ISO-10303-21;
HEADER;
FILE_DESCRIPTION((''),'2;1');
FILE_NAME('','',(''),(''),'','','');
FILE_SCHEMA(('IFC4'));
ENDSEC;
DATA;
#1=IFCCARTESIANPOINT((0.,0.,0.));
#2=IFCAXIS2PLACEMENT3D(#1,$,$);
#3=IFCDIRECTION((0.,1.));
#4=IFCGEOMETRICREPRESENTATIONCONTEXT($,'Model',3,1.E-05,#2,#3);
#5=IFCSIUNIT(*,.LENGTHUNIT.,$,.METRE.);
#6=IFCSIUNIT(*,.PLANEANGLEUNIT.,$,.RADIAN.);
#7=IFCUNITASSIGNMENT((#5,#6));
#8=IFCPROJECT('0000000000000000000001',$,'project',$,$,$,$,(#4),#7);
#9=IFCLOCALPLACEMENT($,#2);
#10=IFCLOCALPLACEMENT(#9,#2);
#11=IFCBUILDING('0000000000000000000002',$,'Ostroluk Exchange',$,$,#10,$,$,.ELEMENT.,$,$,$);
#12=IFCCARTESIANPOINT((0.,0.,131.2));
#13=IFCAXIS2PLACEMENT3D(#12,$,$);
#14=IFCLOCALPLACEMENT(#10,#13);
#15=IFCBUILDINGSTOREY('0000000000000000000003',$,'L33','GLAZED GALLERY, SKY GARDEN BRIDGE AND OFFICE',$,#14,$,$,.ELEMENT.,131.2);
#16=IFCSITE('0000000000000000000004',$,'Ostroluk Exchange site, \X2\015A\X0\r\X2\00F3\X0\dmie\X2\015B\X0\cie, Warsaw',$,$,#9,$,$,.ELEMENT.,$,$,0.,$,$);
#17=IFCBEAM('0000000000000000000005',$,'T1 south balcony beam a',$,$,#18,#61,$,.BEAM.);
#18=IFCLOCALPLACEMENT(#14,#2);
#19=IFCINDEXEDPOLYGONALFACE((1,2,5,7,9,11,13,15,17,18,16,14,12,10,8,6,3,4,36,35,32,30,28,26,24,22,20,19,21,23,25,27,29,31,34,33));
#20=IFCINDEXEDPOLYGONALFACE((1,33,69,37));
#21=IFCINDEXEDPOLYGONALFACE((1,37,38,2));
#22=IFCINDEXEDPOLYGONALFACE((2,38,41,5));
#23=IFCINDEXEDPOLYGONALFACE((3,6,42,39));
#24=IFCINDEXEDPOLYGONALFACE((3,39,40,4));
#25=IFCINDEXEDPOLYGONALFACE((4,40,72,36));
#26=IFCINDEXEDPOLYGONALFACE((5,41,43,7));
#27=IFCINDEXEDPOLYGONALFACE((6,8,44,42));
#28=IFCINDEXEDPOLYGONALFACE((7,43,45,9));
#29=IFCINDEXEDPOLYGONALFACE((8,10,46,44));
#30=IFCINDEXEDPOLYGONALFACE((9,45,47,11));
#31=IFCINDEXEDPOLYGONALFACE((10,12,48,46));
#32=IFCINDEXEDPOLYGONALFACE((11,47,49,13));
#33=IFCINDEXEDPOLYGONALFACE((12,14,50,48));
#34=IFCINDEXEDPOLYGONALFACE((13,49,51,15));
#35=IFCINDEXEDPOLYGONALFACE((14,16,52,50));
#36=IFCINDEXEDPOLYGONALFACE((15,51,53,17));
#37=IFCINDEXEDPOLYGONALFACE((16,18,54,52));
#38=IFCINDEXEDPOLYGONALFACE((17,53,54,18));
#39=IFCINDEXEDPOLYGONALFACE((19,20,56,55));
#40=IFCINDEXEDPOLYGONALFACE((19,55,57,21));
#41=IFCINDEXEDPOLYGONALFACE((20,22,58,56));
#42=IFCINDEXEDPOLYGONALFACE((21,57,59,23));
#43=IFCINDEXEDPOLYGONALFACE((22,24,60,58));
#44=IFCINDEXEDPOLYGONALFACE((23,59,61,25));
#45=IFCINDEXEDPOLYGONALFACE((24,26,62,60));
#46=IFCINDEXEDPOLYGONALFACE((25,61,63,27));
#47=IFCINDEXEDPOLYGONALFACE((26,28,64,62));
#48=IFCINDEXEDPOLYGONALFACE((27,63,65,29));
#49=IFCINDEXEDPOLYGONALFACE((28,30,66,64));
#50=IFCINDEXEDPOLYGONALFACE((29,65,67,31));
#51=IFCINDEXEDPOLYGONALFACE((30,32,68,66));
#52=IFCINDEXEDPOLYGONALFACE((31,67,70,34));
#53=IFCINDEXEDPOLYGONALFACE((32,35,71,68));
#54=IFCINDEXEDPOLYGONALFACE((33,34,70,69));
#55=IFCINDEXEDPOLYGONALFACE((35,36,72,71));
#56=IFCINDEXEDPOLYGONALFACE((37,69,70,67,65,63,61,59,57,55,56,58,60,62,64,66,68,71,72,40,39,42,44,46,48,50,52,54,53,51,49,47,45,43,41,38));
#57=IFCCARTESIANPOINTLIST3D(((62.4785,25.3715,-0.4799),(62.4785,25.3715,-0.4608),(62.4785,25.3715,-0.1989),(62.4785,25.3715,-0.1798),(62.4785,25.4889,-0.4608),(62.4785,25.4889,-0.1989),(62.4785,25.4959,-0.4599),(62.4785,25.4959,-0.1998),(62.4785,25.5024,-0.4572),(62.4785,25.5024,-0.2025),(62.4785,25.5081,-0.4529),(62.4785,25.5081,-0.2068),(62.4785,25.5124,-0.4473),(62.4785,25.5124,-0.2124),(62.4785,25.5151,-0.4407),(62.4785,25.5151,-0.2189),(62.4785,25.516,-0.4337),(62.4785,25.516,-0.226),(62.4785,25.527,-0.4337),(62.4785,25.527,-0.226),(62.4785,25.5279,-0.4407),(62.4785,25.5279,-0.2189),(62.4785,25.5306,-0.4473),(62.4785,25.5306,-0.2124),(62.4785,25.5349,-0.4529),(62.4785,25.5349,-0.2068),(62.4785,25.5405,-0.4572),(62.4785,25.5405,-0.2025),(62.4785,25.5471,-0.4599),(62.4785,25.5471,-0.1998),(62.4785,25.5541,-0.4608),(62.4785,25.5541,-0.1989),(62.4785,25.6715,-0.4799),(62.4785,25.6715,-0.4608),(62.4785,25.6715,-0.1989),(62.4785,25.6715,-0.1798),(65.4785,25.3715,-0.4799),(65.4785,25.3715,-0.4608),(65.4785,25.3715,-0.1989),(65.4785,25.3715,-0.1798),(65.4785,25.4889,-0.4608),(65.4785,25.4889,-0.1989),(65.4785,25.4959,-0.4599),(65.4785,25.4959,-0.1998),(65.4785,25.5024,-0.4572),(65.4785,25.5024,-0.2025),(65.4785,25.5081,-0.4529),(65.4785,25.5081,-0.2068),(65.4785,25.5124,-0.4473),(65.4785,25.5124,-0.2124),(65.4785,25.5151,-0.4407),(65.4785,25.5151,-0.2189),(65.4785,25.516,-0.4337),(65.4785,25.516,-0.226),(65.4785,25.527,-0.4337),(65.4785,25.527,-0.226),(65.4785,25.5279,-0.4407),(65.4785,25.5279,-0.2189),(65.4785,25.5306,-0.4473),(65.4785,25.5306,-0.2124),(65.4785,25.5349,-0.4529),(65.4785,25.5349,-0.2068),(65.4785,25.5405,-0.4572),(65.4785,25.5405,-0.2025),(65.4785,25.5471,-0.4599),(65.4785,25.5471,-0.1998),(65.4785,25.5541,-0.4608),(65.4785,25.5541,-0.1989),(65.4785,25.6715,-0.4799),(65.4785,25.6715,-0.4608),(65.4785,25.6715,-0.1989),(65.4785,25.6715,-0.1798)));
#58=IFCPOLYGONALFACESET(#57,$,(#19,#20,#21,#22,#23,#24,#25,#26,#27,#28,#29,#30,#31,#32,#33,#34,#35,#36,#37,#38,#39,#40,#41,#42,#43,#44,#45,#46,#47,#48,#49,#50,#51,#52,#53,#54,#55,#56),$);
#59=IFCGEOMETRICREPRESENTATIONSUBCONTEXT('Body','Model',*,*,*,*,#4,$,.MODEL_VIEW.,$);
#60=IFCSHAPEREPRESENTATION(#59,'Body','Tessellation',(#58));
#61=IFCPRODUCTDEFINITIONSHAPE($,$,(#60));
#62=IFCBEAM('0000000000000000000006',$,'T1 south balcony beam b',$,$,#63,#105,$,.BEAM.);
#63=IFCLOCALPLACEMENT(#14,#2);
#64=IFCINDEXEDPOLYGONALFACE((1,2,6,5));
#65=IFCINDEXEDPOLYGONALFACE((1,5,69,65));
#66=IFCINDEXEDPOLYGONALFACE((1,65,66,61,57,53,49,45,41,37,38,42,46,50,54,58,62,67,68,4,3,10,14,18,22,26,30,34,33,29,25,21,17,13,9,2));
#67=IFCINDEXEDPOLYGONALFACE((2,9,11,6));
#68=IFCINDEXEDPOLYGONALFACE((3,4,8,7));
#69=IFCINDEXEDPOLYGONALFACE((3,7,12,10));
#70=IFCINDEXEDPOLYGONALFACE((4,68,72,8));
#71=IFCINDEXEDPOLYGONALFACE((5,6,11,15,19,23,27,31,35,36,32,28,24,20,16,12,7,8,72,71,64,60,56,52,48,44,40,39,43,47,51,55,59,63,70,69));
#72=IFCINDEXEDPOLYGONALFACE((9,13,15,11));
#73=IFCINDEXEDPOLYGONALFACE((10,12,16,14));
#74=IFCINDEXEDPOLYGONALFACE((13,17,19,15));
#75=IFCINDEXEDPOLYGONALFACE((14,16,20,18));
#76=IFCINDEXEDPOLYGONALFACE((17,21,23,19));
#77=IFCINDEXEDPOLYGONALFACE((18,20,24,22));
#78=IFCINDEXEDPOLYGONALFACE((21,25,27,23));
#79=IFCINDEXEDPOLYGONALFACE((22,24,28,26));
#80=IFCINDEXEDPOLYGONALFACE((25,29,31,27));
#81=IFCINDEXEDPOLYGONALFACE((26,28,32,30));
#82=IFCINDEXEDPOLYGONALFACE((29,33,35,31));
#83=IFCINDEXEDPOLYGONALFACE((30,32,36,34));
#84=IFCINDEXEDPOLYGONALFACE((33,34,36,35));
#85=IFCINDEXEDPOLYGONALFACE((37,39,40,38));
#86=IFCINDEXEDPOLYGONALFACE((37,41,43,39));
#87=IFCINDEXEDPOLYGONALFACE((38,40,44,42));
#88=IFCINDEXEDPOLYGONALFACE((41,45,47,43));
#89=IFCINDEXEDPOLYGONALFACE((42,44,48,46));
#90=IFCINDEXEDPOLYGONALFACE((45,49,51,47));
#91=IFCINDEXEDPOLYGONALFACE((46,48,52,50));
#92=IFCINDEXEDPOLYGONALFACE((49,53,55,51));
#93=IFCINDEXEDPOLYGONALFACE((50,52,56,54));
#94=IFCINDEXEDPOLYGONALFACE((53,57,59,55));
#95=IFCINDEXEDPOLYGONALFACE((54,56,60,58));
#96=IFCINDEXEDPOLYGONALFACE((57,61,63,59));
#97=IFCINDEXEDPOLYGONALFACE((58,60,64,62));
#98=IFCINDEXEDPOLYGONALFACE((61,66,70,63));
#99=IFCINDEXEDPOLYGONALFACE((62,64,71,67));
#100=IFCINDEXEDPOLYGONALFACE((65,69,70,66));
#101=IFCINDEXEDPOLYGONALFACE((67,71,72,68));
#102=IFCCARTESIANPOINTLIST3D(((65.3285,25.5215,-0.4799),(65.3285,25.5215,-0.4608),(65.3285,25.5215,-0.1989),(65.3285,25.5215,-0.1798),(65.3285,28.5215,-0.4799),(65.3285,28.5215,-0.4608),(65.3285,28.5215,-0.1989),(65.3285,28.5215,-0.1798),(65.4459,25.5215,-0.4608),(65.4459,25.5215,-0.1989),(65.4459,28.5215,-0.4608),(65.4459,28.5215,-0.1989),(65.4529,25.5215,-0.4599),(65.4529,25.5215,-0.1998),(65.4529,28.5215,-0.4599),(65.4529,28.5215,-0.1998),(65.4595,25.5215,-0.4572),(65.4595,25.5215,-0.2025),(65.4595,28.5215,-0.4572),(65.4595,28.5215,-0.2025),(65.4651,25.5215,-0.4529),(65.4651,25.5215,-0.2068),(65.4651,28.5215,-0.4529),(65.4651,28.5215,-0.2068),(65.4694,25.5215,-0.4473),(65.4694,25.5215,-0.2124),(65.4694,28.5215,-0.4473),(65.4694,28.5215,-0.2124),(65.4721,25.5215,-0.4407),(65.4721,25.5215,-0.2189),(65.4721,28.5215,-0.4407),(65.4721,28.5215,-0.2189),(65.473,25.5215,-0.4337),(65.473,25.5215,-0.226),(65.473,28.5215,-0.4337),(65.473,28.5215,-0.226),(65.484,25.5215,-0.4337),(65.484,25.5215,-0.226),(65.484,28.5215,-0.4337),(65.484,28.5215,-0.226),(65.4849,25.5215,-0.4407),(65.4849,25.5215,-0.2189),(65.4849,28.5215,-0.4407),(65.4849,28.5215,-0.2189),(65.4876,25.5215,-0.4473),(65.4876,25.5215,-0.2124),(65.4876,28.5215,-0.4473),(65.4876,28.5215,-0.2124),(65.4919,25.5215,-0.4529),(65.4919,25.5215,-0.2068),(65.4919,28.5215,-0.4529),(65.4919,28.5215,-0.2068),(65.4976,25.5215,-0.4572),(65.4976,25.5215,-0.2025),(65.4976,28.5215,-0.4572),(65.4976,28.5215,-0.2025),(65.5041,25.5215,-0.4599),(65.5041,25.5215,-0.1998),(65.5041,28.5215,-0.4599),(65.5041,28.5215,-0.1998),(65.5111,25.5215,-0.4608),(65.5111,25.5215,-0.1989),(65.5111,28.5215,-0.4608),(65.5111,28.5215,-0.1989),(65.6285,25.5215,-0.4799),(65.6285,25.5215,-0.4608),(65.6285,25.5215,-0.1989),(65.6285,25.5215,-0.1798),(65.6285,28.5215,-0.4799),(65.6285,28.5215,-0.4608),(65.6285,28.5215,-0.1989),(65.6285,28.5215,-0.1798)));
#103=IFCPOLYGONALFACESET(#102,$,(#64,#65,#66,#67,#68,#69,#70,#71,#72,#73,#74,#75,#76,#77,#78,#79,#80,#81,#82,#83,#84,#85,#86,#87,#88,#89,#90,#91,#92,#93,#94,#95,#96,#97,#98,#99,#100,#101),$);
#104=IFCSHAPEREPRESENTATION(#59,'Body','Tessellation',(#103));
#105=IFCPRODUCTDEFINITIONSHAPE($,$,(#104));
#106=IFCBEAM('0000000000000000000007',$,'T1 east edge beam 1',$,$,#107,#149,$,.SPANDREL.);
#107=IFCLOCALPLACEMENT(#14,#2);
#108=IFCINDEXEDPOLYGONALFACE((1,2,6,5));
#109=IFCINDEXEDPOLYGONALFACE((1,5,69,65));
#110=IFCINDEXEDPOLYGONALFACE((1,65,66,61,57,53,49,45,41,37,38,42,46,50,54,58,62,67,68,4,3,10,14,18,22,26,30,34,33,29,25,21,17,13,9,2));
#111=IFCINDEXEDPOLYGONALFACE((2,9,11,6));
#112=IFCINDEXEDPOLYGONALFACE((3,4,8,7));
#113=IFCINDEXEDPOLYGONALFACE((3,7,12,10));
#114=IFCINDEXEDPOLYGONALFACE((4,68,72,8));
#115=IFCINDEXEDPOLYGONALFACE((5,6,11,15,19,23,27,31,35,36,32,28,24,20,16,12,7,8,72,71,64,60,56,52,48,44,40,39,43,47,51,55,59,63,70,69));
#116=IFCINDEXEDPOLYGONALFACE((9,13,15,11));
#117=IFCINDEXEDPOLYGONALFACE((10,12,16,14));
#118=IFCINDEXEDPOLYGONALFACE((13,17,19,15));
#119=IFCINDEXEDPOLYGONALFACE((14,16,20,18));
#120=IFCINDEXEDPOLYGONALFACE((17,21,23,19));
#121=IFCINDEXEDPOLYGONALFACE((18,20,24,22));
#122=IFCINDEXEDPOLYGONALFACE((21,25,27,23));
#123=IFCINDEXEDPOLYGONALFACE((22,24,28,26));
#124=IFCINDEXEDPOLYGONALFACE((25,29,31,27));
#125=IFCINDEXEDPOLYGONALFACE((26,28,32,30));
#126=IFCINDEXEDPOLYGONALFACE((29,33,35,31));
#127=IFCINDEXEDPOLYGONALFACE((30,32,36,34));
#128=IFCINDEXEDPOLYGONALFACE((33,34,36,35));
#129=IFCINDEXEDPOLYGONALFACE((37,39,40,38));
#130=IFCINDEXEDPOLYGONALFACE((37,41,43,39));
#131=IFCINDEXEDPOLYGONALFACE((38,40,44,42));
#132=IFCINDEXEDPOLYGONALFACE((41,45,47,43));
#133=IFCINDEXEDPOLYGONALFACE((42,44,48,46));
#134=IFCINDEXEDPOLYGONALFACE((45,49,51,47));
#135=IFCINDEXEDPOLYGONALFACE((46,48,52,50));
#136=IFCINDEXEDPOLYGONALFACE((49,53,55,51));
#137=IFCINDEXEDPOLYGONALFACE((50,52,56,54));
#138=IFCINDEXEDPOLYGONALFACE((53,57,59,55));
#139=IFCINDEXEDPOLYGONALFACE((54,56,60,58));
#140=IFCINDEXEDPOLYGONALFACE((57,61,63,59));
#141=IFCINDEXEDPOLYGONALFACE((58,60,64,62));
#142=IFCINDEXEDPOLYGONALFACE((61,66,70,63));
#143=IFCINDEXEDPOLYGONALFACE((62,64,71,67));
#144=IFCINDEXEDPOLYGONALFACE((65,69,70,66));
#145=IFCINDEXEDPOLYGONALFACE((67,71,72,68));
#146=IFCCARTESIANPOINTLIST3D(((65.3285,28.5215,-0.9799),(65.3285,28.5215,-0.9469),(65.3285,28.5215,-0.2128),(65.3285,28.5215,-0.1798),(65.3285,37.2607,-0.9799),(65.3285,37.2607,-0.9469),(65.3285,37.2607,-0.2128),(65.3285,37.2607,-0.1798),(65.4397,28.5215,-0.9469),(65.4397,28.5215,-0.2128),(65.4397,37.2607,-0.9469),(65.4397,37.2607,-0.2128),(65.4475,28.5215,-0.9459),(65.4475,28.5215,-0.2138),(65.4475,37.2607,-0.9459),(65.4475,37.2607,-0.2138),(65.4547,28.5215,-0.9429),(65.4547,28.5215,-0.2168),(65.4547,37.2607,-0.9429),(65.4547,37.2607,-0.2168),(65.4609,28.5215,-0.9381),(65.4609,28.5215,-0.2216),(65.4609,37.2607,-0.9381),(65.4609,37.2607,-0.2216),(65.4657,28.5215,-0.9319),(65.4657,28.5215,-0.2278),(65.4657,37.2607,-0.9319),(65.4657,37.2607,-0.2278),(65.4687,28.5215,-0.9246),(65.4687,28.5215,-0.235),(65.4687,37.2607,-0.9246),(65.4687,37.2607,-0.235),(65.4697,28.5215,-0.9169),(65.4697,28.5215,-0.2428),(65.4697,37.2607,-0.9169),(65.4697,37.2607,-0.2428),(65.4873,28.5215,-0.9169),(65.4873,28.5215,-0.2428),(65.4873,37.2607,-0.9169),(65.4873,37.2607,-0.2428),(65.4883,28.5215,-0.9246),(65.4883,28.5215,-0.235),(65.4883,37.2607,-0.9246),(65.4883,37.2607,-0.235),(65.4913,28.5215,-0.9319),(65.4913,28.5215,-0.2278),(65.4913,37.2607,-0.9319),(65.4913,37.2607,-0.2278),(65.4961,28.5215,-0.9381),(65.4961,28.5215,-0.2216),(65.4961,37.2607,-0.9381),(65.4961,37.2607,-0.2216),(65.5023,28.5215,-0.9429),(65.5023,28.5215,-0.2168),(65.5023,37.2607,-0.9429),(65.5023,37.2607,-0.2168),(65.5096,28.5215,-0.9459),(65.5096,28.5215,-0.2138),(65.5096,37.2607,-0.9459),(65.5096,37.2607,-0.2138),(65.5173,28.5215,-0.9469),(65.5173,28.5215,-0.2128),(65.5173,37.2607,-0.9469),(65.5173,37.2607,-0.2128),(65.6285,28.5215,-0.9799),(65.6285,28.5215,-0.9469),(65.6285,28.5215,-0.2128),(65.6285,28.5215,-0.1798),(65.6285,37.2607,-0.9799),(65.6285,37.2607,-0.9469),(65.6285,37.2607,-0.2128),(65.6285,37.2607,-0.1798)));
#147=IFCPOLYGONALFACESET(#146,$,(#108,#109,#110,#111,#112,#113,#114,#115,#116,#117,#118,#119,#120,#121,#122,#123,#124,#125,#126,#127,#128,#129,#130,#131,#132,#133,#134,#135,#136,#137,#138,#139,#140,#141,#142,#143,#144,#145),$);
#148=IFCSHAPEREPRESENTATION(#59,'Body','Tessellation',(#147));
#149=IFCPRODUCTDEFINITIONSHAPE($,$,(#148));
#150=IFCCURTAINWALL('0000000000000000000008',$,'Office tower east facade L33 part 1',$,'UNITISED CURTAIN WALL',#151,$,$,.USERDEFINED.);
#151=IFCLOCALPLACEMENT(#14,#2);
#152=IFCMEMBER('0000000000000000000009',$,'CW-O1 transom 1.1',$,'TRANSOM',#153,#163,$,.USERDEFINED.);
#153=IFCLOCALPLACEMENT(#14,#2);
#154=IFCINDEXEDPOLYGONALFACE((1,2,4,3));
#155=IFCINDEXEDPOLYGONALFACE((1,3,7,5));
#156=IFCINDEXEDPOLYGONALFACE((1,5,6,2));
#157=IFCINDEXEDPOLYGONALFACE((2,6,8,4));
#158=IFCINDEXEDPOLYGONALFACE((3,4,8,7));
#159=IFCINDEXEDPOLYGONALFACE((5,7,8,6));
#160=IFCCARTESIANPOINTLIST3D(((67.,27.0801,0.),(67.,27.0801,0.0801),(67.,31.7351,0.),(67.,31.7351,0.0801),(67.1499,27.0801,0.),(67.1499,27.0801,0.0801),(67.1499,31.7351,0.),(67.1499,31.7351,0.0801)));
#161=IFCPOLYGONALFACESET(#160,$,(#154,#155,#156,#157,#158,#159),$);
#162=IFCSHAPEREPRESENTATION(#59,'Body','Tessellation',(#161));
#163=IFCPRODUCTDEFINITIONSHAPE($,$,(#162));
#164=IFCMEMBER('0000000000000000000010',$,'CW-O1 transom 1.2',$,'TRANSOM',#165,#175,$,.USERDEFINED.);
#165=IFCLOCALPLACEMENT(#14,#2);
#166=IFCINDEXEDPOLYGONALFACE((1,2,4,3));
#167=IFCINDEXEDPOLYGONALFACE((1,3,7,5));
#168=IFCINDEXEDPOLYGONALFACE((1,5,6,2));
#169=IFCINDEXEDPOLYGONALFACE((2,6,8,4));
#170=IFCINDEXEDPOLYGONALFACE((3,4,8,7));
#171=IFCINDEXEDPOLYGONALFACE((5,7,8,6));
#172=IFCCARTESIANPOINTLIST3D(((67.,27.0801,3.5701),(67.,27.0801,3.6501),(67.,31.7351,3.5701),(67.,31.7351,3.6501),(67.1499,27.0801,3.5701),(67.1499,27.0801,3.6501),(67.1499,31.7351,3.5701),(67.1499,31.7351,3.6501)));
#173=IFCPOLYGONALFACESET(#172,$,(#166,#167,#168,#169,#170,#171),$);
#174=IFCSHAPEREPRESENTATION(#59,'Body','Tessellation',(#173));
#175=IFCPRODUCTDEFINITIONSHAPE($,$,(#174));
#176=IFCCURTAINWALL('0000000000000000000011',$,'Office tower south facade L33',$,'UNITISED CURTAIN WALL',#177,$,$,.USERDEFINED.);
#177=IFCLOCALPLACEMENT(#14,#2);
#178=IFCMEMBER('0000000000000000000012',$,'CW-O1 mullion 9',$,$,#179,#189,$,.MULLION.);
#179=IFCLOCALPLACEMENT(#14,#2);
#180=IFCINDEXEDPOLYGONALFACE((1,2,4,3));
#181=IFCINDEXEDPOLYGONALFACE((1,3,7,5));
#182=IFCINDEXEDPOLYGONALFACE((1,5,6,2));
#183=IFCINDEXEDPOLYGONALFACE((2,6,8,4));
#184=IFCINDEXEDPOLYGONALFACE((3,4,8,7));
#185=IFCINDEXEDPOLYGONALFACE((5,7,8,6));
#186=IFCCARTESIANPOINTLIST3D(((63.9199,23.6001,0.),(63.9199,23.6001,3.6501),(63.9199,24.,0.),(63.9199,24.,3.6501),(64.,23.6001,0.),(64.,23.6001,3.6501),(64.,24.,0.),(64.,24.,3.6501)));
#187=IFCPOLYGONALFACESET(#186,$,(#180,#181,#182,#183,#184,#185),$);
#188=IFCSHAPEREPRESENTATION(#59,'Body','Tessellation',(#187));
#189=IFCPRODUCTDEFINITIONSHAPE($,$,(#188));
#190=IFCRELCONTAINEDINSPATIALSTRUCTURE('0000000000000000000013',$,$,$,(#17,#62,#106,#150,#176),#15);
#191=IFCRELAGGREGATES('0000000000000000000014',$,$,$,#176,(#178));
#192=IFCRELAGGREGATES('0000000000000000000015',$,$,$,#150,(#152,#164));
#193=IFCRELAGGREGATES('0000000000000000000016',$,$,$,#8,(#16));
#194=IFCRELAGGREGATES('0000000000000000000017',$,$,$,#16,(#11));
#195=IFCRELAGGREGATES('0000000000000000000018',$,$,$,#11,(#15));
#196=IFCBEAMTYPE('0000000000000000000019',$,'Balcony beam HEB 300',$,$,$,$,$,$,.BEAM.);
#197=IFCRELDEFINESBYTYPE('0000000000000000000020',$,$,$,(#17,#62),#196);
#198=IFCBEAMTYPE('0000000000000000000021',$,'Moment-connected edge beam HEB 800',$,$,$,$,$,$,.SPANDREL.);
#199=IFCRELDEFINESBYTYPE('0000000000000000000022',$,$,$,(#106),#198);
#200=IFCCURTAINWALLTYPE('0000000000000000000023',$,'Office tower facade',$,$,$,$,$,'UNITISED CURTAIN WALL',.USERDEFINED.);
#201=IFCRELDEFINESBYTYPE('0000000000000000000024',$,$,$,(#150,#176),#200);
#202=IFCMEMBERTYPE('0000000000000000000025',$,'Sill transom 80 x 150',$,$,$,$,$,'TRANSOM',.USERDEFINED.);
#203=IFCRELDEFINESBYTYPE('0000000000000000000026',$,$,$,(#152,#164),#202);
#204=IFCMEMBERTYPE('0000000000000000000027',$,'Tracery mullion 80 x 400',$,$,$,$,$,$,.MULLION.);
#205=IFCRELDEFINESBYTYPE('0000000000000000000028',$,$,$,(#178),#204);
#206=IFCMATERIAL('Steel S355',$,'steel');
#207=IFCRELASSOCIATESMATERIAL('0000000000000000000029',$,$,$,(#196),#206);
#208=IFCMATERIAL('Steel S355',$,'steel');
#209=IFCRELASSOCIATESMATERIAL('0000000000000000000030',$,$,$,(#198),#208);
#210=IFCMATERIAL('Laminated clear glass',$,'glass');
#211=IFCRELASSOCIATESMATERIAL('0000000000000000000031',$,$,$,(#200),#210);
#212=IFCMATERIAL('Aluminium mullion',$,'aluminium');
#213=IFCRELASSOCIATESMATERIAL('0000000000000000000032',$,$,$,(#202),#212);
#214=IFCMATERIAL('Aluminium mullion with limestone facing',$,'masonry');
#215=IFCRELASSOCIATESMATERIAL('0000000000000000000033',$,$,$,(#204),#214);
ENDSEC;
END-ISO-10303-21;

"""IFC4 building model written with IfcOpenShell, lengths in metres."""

from ifc_helpers import new_model, si_unit, direction, frame, origin, origin_2d, place, context, subcontext, project, spatial, rectangle, i_section, extrude, material, material_profile, profile_set, type_object, element, aggregate, save


model = new_model("IFC4")

# Units and contexts
model_context = context("Model", 3, precision=1e-05, world=origin(), true_north=direction((0.0, 1.0)))
body_context = subcontext(model_context, "Body", "Model", "MODEL_VIEW")
ifc_project = project(units=[si_unit("LENGTHUNIT", "METRE"), si_unit("PLANEANGLEUNIT", "RADIAN")], contexts=[model_context])

# Site, building, storey
site_placement = place(None, origin())
site = spatial("IfcSite", under=ifc_project, at=site_placement, Name="Ostroluk Exchange site, Śródmieście, Warsaw", CompositionType="ELEMENT", RefElevation=0.0)
building_placement = place(site_placement, origin())
building = spatial("IfcBuilding", under=site, at=building_placement, Name="Ostroluk Exchange", CompositionType="ELEMENT")
storey_placement = place(building_placement, frame((0.0, 0.0, 131.2)))
storey = spatial("IfcBuildingStorey", under=building, at=storey_placement, Name="L33", Description="GLAZED GALLERY, SKY GARDEN BRIDGE AND OFFICE", CompositionType="ELEMENT", Elevation=131.2)

# Beams
ifc_material_1 = material(Name="Steel S355", Category="steel")
ifc_material_profile_1 = material_profile(ifc_material_1, i_section(OverallWidth=0.3, OverallDepth=0.3, WebThickness=0.011, FlangeThickness=0.019, FilletRadius=0.0271, at=origin_2d()), Name="HEB 300")
ifc_profile_set_1 = profile_set([ifc_material_profile_1], Name="Steel S355")
beam_type_1 = type_object("IfcBeamType", Name="Balcony beam HEB 300", PredefinedType="BEAM", material=ifc_profile_set_1)
for number, where, z_axis, x_axis, name in (
    (1, (62.4785, 25.5215, -0.3298), (1.0, 0.0, 0.0), (0.0, 1.0, 0.0), "T1 south balcony beam a"),
    (2, (65.4785, 28.5215, -0.3298), (0.0, -1.0, 0.0), (1.0, 0.0, 0.0), "T1 south balcony beam b"),
):
    element("IfcBeam", number, at=place(storey_placement, frame(where, z_axis=z_axis, x_axis=x_axis)), inside=storey, type_object=beam_type_1, Name=name, PredefinedType="BEAM", context=body_context, shape_type="SweptSolid", body=[
        extrude(i_section(OverallWidth=0.3, OverallDepth=0.3, WebThickness=0.011, FlangeThickness=0.019, FilletRadius=0.0271, at=origin_2d()), origin(), (0.0, 0.0, 1.0), 3.0),
    ])
ifc_material_2 = material(Name="Steel S355", Category="steel")
ifc_material_profile_2 = material_profile(ifc_material_2, i_section(OverallWidth=0.3, OverallDepth=0.8, WebThickness=0.0176, FlangeThickness=0.033, FilletRadius=0.03, at=origin_2d()), Name="HEB 800")
ifc_profile_set_2 = profile_set([ifc_material_profile_2], Name="Steel S355")
beam_type_2 = type_object("IfcBeamType", Name="Moment-connected edge beam HEB 800", PredefinedType="SPANDREL", material=ifc_profile_set_2)
beam_placement = place(storey_placement, frame((65.4785, 28.5215, -0.5798), z_axis=(0.0, 1.0, 0.0), x_axis=(-1.0, 0.0, 0.0)))
element("IfcBeam", 3, at=beam_placement, inside=storey, type_object=beam_type_2, Name="T1 east edge beam 1", PredefinedType="SPANDREL", context=body_context, shape_type="SweptSolid", body=[
    extrude(i_section(OverallWidth=0.3, OverallDepth=0.8, WebThickness=0.0176, FlangeThickness=0.033, FilletRadius=0.03, at=origin_2d()), origin(), (0.0, 0.0, 1.0), 8.7393),
])

# Curtain wall, members
ifc_material_3 = material(Name="Laminated clear glass", Category="glass")
curtain_wall_type = type_object("IfcCurtainWallType", Name="Office tower facade", ElementType="UNITISED CURTAIN WALL", PredefinedType="USERDEFINED", material=ifc_material_3)
curtain_wall_1_placement = place(storey_placement, origin())
curtain_wall_1 = element("IfcCurtainWall", 4, at=curtain_wall_1_placement, inside=storey, type_object=curtain_wall_type, Name="Office tower east facade L33 part 1", ObjectType="UNITISED CURTAIN WALL", PredefinedType="USERDEFINED")
ifc_material_4 = material(Name="Aluminium mullion", Category="aluminium")
ifc_material_profile_3 = material_profile(ifc_material_4, rectangle(XDim=0.1499, YDim=0.0801, at=origin_2d()), Name="Sill transom 80 x 150")
ifc_profile_set_3 = profile_set([ifc_material_profile_3], Name="Aluminium mullion")
member_type_1 = type_object("IfcMemberType", Name="Sill transom 80 x 150", ElementType="TRANSOM", PredefinedType="USERDEFINED", material=ifc_profile_set_3)
member_1_placement = place(storey_placement, frame((67.075, 27.0801, 0.04), z_axis=(0.0, 1.0, 0.0), x_axis=(-1.0, 0.0, 0.0)))
member_1 = element("IfcMember", 5, at=member_1_placement, type_object=member_type_1, Name="CW-O1 transom 1.1", ObjectType="TRANSOM", PredefinedType="USERDEFINED", context=body_context, shape_type="SweptSolid", body=[
    extrude(rectangle(XDim=0.1499, YDim=0.0801, at=origin_2d()), origin(), (0.0, 0.0, 1.0), 4.655),
])
member_2_placement = place(storey_placement, frame((67.075, 27.0801, 3.6101), z_axis=(0.0, 1.0, 0.0), x_axis=(-1.0, 0.0, 0.0)))
member_2 = element("IfcMember", 6, at=member_2_placement, type_object=member_type_1, Name="CW-O1 transom 1.2", ObjectType="TRANSOM", PredefinedType="USERDEFINED", context=body_context, shape_type="SweptSolid", body=[
    extrude(rectangle(XDim=0.1499, YDim=0.0801, at=origin_2d()), origin(), (0.0, 0.0, 1.0), 4.655),
])

# Curtain wall, member
curtain_wall_2_placement = place(storey_placement, origin())
curtain_wall_2 = element("IfcCurtainWall", 7, at=curtain_wall_2_placement, inside=storey, type_object=curtain_wall_type, Name="Office tower south facade L33", ObjectType="UNITISED CURTAIN WALL", PredefinedType="USERDEFINED")
ifc_material_5 = material(Name="Aluminium mullion with limestone facing", Category="masonry")
ifc_material_profile_4 = material_profile(ifc_material_5, rectangle(XDim=0.3999, YDim=0.0801, at=origin_2d()), Name="Tracery mullion 80 x 400")
ifc_profile_set_4 = profile_set([ifc_material_profile_4], Name="Aluminium mullion with limestone facing")
member_type_2 = type_object("IfcMemberType", Name="Tracery mullion 80 x 400", PredefinedType="MULLION", material=ifc_profile_set_4)
member_3_placement = place(storey_placement, frame((63.96, 23.8, 0.0), z_axis=(0.0, 0.0, 1.0), x_axis=(0.0, 1.0, 0.0)))
member_3 = element("IfcMember", 8, at=member_3_placement, type_object=member_type_2, Name="CW-O1 mullion 9", PredefinedType="MULLION", context=body_context, shape_type="SweptSolid", body=[
    extrude(rectangle(XDim=0.3999, YDim=0.0801, at=origin_2d()), origin(), (0.0, 0.0, 1.0), 3.6501),
])

aggregate(curtain_wall_2, [member_3])
aggregate(curtain_wall_1, [member_1, member_2])

save(model, "model.ifc")
